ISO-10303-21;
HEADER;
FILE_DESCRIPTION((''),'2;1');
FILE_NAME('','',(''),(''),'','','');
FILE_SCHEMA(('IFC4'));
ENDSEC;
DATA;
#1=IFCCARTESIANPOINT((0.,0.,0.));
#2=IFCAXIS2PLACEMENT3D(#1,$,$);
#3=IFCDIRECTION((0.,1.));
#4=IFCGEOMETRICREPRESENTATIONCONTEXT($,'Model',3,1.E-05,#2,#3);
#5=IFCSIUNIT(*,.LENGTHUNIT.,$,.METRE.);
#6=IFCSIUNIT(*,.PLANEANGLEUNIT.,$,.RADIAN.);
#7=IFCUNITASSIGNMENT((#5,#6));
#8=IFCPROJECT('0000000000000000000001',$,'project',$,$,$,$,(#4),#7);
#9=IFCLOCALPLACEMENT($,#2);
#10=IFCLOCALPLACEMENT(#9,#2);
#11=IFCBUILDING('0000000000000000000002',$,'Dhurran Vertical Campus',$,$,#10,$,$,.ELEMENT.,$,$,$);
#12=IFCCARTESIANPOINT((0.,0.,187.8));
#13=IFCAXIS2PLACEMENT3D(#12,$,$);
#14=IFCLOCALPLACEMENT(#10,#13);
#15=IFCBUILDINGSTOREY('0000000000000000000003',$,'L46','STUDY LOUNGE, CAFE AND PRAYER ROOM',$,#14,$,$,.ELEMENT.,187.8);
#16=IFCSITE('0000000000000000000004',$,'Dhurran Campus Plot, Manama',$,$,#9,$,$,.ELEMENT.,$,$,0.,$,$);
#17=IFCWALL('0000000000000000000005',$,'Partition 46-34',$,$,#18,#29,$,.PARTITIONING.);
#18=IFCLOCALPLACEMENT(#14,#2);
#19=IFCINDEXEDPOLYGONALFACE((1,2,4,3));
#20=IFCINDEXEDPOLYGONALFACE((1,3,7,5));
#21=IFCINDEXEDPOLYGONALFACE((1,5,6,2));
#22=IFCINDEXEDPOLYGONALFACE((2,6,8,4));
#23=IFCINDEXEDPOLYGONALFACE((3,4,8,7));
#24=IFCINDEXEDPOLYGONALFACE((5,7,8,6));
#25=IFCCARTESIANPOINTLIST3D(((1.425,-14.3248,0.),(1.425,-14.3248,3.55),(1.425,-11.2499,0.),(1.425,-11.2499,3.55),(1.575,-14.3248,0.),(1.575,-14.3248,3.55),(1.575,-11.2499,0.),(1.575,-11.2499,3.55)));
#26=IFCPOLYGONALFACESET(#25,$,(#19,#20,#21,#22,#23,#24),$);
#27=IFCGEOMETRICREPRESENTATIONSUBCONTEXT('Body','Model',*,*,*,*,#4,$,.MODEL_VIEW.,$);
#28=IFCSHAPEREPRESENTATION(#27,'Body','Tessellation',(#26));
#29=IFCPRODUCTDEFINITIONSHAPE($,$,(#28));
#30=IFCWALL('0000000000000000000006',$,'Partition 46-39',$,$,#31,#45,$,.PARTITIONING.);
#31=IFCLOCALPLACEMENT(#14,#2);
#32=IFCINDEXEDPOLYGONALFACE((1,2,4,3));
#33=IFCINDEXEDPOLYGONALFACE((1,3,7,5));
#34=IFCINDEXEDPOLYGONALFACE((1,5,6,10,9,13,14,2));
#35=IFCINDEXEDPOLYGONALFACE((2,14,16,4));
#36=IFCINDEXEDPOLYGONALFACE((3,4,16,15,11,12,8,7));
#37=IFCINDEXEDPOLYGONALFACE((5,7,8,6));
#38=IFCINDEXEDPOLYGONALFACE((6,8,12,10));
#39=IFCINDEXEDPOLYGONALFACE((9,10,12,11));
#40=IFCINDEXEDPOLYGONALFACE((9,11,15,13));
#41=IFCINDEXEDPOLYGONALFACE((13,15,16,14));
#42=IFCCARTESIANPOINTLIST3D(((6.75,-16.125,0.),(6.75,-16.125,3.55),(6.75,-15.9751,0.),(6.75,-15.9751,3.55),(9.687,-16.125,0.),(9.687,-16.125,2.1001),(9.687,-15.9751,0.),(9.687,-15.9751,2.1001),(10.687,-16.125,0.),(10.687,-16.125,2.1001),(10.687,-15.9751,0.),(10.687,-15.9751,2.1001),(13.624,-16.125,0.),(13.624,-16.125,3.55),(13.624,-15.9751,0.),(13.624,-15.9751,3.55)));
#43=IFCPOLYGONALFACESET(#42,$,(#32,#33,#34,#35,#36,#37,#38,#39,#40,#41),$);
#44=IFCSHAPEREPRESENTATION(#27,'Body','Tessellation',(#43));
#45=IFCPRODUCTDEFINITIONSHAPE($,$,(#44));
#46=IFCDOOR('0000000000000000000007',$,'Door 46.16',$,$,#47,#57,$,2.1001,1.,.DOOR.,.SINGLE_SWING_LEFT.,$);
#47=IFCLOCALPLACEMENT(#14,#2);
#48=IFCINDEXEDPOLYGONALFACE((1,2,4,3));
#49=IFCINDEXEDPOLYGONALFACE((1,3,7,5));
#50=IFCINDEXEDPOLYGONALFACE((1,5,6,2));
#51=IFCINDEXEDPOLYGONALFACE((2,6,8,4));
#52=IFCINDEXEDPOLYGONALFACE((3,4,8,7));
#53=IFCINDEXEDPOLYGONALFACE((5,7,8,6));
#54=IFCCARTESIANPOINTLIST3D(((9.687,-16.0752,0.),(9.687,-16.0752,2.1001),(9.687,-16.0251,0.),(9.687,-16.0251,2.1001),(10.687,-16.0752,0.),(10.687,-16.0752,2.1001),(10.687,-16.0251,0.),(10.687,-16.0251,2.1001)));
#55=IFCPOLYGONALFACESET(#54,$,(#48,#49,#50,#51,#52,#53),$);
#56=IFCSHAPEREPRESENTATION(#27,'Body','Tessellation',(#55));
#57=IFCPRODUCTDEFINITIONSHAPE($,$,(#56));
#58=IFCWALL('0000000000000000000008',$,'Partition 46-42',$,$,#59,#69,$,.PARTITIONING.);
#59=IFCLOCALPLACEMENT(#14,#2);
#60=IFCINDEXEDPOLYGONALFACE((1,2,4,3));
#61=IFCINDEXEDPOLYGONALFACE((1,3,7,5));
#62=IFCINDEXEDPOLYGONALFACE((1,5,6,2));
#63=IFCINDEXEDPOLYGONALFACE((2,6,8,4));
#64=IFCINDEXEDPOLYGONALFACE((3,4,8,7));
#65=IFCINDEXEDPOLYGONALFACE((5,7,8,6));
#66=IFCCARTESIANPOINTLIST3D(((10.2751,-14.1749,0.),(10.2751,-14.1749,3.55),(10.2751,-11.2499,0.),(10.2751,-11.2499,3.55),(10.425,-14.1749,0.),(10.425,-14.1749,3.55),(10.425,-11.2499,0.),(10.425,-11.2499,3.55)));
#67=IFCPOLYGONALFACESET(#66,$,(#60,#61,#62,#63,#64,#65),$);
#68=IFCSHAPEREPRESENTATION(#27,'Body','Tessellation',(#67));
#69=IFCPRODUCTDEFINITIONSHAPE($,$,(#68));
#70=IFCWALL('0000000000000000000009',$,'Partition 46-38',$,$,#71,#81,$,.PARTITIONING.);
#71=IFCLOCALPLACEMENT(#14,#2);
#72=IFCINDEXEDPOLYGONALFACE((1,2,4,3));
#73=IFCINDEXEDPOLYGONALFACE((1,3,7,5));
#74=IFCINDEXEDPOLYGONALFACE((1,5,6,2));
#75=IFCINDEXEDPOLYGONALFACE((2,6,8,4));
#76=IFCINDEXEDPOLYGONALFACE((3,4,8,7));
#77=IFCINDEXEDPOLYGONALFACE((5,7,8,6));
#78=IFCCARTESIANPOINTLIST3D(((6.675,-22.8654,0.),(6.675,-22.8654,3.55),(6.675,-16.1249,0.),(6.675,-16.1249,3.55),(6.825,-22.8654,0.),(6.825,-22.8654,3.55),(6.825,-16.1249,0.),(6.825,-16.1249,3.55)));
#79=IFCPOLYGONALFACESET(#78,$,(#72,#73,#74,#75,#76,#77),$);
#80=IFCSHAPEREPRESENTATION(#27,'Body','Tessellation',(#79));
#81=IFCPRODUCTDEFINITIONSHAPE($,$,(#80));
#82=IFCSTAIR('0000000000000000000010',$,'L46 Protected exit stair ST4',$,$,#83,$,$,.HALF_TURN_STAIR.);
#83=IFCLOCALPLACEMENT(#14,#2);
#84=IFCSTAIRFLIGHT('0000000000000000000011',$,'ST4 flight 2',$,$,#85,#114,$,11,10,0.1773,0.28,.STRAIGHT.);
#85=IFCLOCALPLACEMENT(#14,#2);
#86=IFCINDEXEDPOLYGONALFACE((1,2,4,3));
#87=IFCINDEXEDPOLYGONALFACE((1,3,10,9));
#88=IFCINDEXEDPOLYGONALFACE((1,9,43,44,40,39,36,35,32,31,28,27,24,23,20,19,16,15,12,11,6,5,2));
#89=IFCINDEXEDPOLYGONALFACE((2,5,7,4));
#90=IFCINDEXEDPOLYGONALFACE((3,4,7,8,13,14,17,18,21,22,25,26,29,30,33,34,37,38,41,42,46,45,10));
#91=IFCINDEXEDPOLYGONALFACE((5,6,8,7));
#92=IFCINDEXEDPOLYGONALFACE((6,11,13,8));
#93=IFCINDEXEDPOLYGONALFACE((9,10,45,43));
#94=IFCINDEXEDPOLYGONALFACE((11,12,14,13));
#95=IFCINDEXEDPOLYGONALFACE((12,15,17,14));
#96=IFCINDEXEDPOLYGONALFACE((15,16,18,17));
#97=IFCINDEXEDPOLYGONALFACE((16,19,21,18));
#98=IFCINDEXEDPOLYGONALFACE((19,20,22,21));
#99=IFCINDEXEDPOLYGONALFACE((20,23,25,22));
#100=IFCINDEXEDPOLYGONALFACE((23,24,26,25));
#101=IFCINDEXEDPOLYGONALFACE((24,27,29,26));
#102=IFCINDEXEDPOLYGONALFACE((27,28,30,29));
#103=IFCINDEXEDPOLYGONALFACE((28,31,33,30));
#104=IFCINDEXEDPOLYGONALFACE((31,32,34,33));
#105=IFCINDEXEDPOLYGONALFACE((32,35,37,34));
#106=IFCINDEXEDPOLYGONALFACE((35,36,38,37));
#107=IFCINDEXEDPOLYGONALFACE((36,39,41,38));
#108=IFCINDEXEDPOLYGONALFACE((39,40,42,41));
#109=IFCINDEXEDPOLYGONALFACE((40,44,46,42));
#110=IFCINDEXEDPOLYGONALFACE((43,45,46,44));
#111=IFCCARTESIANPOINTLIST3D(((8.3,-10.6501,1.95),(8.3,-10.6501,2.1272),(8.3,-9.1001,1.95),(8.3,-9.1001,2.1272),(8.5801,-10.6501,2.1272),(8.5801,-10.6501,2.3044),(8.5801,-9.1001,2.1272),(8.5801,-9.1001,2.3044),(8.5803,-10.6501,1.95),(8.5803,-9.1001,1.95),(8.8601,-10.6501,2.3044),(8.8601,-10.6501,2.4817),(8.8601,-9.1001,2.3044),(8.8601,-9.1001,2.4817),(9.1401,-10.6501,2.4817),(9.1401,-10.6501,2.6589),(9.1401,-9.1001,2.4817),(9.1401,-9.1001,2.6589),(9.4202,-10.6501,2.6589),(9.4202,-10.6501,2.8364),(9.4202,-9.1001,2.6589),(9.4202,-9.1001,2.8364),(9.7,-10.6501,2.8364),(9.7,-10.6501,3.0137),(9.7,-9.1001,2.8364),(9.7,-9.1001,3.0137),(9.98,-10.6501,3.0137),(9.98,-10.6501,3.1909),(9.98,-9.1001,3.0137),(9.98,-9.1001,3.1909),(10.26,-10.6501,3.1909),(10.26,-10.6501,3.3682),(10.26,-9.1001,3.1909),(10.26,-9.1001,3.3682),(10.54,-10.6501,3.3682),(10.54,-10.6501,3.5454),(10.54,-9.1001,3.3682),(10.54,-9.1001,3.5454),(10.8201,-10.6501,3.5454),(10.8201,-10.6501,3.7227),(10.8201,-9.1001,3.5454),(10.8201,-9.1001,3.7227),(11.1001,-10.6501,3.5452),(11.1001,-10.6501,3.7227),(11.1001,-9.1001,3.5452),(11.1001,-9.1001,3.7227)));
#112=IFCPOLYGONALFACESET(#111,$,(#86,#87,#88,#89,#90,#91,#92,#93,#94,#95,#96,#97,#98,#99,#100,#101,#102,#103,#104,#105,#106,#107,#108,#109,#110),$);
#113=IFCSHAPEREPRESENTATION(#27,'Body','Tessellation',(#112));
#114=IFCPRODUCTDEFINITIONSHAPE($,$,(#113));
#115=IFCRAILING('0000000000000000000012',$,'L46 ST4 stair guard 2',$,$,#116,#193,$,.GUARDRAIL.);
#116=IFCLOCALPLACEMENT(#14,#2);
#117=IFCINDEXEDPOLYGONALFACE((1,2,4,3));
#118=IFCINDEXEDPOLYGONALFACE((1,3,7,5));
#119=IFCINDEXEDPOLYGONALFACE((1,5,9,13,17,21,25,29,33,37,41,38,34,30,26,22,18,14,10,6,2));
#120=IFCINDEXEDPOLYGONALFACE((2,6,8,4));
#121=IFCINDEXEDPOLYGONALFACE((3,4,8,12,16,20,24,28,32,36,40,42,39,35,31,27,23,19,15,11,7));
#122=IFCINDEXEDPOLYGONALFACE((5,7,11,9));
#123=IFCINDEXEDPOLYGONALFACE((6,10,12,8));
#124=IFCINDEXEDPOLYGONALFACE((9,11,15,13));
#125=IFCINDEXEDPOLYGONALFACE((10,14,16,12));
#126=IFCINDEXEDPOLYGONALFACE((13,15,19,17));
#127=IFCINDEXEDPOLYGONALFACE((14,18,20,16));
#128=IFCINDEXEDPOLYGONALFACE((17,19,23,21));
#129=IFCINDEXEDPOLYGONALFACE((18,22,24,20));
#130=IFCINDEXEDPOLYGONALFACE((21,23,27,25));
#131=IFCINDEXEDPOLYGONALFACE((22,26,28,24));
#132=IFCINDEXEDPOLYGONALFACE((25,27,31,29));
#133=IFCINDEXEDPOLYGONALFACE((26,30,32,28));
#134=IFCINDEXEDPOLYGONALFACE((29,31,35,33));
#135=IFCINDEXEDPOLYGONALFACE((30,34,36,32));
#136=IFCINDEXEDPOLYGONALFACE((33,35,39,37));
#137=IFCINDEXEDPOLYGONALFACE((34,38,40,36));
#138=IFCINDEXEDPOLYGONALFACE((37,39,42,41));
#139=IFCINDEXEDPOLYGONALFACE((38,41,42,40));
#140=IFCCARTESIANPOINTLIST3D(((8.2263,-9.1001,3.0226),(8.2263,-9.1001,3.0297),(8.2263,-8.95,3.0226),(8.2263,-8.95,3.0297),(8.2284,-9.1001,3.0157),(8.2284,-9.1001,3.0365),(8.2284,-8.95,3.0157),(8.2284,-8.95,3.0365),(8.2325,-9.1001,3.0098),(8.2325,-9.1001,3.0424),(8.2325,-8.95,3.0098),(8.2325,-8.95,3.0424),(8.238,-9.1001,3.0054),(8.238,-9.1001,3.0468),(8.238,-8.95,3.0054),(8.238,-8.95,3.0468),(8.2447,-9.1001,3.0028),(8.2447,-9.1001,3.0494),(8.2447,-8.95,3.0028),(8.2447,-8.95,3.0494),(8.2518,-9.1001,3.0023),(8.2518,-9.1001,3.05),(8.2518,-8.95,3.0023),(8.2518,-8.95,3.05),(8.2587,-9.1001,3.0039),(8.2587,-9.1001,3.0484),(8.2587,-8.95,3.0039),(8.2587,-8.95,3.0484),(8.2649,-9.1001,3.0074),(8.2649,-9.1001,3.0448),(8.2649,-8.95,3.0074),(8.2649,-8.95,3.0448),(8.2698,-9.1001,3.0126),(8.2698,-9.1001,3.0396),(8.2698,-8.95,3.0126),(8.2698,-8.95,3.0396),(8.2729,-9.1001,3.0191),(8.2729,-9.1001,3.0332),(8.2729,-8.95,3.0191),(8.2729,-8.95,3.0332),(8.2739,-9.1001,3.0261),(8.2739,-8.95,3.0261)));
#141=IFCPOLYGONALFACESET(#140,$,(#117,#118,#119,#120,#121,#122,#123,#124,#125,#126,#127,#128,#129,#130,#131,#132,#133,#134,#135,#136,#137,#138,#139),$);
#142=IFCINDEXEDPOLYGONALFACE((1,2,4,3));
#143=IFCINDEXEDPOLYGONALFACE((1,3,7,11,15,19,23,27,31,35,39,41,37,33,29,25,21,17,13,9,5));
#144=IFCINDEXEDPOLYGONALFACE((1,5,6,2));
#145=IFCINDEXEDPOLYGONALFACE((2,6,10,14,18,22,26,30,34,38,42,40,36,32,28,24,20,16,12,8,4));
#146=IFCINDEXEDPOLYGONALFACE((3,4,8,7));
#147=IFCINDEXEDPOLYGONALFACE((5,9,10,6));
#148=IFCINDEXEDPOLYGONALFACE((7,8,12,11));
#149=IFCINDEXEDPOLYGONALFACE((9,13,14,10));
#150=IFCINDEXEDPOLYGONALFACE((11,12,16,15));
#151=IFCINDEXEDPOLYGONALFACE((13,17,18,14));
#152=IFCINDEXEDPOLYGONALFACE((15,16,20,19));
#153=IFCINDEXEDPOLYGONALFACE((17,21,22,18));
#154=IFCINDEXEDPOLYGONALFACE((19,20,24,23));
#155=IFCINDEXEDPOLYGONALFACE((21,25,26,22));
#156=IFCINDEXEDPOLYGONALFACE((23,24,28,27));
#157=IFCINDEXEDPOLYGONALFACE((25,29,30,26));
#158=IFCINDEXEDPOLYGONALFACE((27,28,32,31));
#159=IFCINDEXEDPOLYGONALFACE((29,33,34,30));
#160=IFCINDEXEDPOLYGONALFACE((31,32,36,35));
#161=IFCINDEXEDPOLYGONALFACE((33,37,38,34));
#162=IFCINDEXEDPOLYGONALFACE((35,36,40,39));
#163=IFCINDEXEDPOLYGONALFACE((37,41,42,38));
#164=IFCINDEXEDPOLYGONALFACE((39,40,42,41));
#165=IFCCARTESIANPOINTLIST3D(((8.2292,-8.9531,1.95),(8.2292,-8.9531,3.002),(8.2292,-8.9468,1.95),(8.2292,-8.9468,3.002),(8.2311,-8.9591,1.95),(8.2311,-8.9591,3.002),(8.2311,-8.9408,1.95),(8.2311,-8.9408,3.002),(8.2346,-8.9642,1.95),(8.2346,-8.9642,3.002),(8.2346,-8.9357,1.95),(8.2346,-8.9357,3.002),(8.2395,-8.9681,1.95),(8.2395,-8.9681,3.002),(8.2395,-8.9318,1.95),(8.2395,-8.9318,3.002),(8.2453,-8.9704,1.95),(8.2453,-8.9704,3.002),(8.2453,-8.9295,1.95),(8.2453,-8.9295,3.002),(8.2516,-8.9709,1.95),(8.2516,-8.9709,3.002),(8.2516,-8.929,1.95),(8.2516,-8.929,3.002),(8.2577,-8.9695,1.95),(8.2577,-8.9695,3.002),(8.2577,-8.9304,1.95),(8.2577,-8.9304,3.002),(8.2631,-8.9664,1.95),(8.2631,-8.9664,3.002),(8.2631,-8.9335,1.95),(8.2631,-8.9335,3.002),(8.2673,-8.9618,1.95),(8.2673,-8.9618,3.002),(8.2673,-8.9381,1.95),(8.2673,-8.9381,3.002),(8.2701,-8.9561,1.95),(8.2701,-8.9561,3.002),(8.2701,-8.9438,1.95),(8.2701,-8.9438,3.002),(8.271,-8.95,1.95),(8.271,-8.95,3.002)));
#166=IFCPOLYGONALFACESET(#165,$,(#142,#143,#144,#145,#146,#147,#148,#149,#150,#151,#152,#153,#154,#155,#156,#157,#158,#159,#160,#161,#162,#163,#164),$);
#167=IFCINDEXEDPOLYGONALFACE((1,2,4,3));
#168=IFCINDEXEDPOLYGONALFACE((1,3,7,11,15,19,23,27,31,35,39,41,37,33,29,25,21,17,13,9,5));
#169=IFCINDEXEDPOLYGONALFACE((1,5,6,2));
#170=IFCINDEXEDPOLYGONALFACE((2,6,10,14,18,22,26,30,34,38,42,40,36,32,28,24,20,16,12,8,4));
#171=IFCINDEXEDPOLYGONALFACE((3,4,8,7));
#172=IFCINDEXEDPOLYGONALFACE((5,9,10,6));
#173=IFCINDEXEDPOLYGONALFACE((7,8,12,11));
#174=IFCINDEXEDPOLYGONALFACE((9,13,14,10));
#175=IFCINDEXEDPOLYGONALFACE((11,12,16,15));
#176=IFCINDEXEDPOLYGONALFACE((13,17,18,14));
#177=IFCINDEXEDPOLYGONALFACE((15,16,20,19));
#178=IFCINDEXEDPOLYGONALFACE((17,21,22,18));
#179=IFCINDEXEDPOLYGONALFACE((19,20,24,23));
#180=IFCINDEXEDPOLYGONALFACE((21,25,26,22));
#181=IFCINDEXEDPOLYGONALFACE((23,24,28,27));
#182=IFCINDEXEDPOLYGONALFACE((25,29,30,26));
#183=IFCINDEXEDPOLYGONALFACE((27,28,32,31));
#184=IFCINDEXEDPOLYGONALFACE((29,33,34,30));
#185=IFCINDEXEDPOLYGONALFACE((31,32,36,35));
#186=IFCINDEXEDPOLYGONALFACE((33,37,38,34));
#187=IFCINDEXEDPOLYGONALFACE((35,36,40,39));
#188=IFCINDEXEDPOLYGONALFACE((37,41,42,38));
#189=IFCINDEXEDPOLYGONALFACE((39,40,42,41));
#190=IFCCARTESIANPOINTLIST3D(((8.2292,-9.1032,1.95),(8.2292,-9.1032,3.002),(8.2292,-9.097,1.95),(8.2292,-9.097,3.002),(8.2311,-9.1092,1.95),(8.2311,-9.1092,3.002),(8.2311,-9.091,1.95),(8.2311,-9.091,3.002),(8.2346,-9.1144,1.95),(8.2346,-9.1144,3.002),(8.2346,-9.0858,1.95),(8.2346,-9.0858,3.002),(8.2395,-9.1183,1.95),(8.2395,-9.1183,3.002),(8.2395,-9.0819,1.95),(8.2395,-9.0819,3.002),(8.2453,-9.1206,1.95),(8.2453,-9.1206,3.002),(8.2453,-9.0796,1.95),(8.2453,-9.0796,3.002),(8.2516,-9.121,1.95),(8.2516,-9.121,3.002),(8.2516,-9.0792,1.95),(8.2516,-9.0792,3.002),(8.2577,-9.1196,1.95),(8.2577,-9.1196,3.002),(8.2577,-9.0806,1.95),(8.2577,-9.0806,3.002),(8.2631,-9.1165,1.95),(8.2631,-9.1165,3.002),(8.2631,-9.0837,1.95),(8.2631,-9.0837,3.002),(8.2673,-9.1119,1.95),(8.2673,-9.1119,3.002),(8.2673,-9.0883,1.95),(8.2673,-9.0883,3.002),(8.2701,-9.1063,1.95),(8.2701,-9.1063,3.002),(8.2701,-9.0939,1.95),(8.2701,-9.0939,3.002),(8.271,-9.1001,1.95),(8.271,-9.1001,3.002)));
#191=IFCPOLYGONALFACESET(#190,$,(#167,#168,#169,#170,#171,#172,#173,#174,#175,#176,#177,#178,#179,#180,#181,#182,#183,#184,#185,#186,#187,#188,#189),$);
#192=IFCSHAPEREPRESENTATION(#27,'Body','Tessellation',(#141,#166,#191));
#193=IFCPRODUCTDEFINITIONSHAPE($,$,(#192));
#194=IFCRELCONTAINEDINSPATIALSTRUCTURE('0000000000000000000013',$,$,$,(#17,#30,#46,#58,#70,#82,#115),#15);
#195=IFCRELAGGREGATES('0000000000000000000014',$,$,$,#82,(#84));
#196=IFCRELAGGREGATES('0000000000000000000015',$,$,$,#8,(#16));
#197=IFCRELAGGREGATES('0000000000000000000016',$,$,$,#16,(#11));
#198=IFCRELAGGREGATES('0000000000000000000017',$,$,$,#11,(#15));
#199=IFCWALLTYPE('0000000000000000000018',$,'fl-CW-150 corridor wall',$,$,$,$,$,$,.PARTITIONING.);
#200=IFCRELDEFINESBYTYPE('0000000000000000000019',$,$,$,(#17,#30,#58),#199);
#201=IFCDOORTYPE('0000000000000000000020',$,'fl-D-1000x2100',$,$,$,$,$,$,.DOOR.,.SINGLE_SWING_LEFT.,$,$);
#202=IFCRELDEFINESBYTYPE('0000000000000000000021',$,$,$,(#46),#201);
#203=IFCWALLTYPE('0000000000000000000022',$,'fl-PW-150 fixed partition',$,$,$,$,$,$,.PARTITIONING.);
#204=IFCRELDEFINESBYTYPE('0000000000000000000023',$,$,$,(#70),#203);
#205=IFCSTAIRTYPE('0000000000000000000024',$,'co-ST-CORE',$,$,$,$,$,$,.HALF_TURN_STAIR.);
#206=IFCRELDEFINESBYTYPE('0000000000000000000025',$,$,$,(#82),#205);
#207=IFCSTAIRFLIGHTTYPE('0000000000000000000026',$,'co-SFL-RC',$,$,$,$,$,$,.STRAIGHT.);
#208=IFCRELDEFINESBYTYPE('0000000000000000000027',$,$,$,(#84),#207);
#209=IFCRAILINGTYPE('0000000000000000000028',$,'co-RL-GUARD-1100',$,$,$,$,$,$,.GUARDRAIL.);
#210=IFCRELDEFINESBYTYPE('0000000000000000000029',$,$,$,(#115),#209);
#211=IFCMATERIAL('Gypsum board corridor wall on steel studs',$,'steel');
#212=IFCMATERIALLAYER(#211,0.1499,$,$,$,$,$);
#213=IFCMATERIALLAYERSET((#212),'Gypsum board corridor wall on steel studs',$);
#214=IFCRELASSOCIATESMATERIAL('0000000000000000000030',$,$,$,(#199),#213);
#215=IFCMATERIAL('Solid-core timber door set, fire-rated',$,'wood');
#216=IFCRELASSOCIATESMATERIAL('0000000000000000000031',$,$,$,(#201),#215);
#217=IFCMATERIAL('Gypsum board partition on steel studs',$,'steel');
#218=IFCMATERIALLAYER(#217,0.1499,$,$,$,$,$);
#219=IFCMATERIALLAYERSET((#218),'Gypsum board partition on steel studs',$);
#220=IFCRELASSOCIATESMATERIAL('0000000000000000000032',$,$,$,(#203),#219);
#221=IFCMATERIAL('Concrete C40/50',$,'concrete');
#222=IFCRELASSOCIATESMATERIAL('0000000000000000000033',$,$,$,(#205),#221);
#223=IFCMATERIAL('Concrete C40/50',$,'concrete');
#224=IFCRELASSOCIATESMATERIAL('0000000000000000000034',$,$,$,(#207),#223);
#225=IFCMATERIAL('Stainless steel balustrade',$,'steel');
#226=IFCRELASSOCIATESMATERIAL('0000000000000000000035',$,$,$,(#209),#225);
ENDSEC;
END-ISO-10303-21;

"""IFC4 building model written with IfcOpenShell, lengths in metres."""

from ifc_helpers import new_model, si_unit, direction, frame, frame_2d, origin, origin_2d, place, context, subcontext, project, spatial, polyline, rectangle, circle, outline, extrude, material, layer, layer_set, type_object, element, fill, aggregate, save


model = new_model("IFC4")

# Units and contexts
model_context = context("Model", 3, precision=1e-05, world=origin(), true_north=direction((0.0, 1.0)))
body_context = subcontext(model_context, "Body", "Model", "MODEL_VIEW")
ifc_project = project(units=[si_unit("LENGTHUNIT", "METRE"), si_unit("PLANEANGLEUNIT", "RADIAN")], contexts=[model_context])

# Site, building, storey
site_placement = place(None, origin())
site = spatial("IfcSite", under=ifc_project, at=site_placement, Name="Dhurran Campus Plot, Manama", CompositionType="ELEMENT", RefElevation=0.0)
building_placement = place(site_placement, origin())
building = spatial("IfcBuilding", under=site, at=building_placement, Name="Dhurran Vertical Campus", CompositionType="ELEMENT")
storey_placement = place(building_placement, frame((0.0, 0.0, 187.8)))
storey = spatial("IfcBuildingStorey", under=building, at=storey_placement, Name="L46", Description="STUDY LOUNGE, CAFE AND PRAYER ROOM", CompositionType="ELEMENT", Elevation=187.8)

# Wall
ifc_material_1 = material(Name="Gypsum board corridor wall on steel studs", Category="steel")
ifc_layer_1 = layer(ifc_material_1, 0.1499)
ifc_layer_set_1 = layer_set([ifc_layer_1], Name="Gypsum board corridor wall on steel studs")
wall_type_1 = type_object("IfcWallType", Name="fl-CW-150 corridor wall", PredefinedType="PARTITIONING", material=ifc_layer_set_1)
wall_1_placement = place(storey_placement, frame((1.5, -14.325, 0.0), z_axis=(0.0, 0.0, 1.0), x_axis=(0.0, 1.0, 0.0)))
element("IfcWall", 1, at=wall_1_placement, inside=storey, type_object=wall_type_1, Name="Partition 46-34", PredefinedType="PARTITIONING", context=body_context, shape_type="SweptSolid", body=[
    extrude(rectangle(XDim=3.075, YDim=0.1499, at=frame_2d((1.5376, 0.0))), origin(), (0.0, 0.0, 1.0), 3.55),
])

# Wall, opening, door
wall_2_placement = place(storey_placement, frame((6.75, -16.05, 0.0), z_axis=(0.0, 0.0, 1.0), x_axis=(1.0, 0.0, 0.0)))
wall_2 = element("IfcWall", 2, at=wall_2_placement, inside=storey, type_object=wall_type_1, Name="Partition 46-39", PredefinedType="PARTITIONING", context=body_context, shape_type="SweptSolid", body=[
    extrude(rectangle(XDim=6.874, YDim=0.1499, at=frame_2d((3.437, 0.0))), origin(), (0.0, 0.0, 1.0), 3.55),
])
opening_1_placement = place(wall_2_placement, frame((2.937, 0.0, 0.0)))
opening_1 = element("IfcOpeningElement", 3, at=opening_1_placement, cuts=wall_2, PredefinedType="OPENING", context=body_context, shape_type="SweptSolid", body=[
    extrude(rectangle(XDim=1.0, YDim=2.1001, at=frame_2d((0.5, 1.05))), frame((0.0, 0.085, 0.0), z_axis=(0.0, -1.0, 0.0), x_axis=(1.0, 0.0, 0.0)), (0.0, 0.0, 1.0), 0.1699),
])
ifc_material_2 = material(Name="Solid-core timber door set, fire-rated", Category="wood")
door_type_1 = type_object("IfcDoorType", Name="fl-D-1000x2100", OperationType="SINGLE_SWING_LEFT", PredefinedType="DOOR", material=ifc_material_2)
door_1_placement = place(opening_1_placement, origin())
door_1 = element("IfcDoor", 4, at=door_1_placement, inside=storey, type_object=door_type_1, Name="Door 46.16", OperationType="SINGLE_SWING_LEFT", OverallHeight=2.1001, OverallWidth=1.0, PredefinedType="DOOR", context=body_context, shape_type="SweptSolid", body=[
    extrude(rectangle(XDim=1.0, YDim=2.1001, at=frame_2d((0.5, 1.05))), frame((0.0, 0.0249, 0.0), z_axis=(0.0, -1.0, 0.0), x_axis=(1.0, 0.0, 0.0)), (0.0, 0.0, 1.0), 0.05),
])
fill(opening_1, door_1)

# Walls
wall_3_placement = place(storey_placement, frame((10.3501, -11.25, 0.0), z_axis=(0.0, 0.0, 1.0), x_axis=(0.0, -1.0, 0.0)))
element("IfcWall", 5, at=wall_3_placement, inside=storey, type_object=wall_type_1, Name="Partition 46-42", PredefinedType="PARTITIONING", context=body_context, shape_type="SweptSolid", body=[
    extrude(rectangle(XDim=2.925, YDim=0.1499, at=frame_2d((1.4624, 0.0))), origin(), (0.0, 0.0, 1.0), 3.55),
])
ifc_material_3 = material(Name="Gypsum board partition on steel studs", Category="steel")
ifc_layer_2 = layer(ifc_material_3, 0.1499)
ifc_layer_set_2 = layer_set([ifc_layer_2], Name="Gypsum board partition on steel studs")
wall_type_2 = type_object("IfcWallType", Name="fl-PW-150 fixed partition", PredefinedType="PARTITIONING", material=ifc_layer_set_2)
wall_4_placement = place(storey_placement, frame((6.75, -16.125, 0.0), z_axis=(0.0, 0.0, 1.0), x_axis=(0.0, -1.0, 0.0)))
element("IfcWall", 6, at=wall_4_placement, inside=storey, type_object=wall_type_2, Name="Partition 46-38", PredefinedType="PARTITIONING", context=body_context, shape_type="SweptSolid", body=[
    extrude(rectangle(XDim=6.7405, YDim=0.1499, at=frame_2d((3.3701, 0.0))), origin(), (0.0, 0.0, 1.0), 3.55),
])

# Stair, stair flight
ifc_material_4 = material(Name="Concrete C40/50", Category="concrete")
stair_type = type_object("IfcStairType", Name="co-ST-CORE", PredefinedType="HALF_TURN_STAIR", material=ifc_material_4)
stair_placement = place(storey_placement, origin())
stair = element("IfcStair", 7, at=stair_placement, inside=storey, type_object=stair_type, Name="L46 Protected exit stair ST4", PredefinedType="HALF_TURN_STAIR")
ifc_material_5 = material(Name="Concrete C40/50", Category="concrete")
stair_flight_type = type_object("IfcStairFlightType", Name="co-SFL-RC", PredefinedType="STRAIGHT", material=ifc_material_5)
stair_flight_placement = place(storey_placement, frame((8.3, -9.875, 1.95), z_axis=(0.0, 0.0, 1.0), x_axis=(1.0, 0.0, 0.0)))
stair_flight = element("IfcStairFlight", 8, at=stair_flight_placement, type_object=stair_flight_type, Name="ST4 flight 2", NumberOfRisers=11, NumberOfTreads=10, PredefinedType="STRAIGHT", RiserHeight=0.1773, TreadLength=0.28, context=body_context, shape_type="SweptSolid", body=[
    extrude(outline(polyline([(0.0, 0.0), (0.0, 0.1772), (0.28, 0.1772), (0.28, 0.3545), (0.5601, 0.3545), (0.5601, 0.5317), (0.8401, 0.5317), (0.8401, 0.709), (1.1201, 0.709), (1.1201, 0.8865), (1.3999, 0.8865), (1.3999, 1.0637), (1.6799, 1.0637), (1.6799, 1.241), (1.96, 1.241), (1.96, 1.4182), (2.24, 1.4182), (2.24, 1.5955), (2.52, 1.5955), (2.52, 1.7727), (2.8, 1.7727), (2.8, 1.95), (2.8, 1.5952), (0.2803, 0.0), (0.0, 0.0)])), frame((0.0, 0.7749, 0.0), z_axis=(0.0, -1.0, 0.0), x_axis=(1.0, 0.0, 0.0)), (0.0, 0.0, 1.0), 1.55),
])
aggregate(stair, [stair_flight])

# Railing
ifc_material_6 = material(Name="Stainless steel balustrade", Category="steel")
railing_type_1 = type_object("IfcRailingType", Name="co-RL-GUARD-1100", PredefinedType="GUARDRAIL", material=ifc_material_6)
railing_1_placement = place(storey_placement, frame((8.25, -8.95, 1.95)))
element("IfcRailing", 9, at=railing_1_placement, inside=storey, type_object=railing_type_1, Name="L46 ST4 stair guard 2", PredefinedType="GUARDRAIL", context=body_context, shape_type="SweptSolid", body=[
    extrude(circle(Radius=0.0239, at=origin_2d()), frame((0.0, 0.0, 1.0762), z_axis=(0.0, -1.0, 0.0), x_axis=(1.0, 0.0, 0.0)), (0.0, 0.0, 1.0), 0.1501),
    extrude(circle(Radius=0.021, at=origin_2d()), origin(), (0.0, 0.0, 1.0), 1.052),
    extrude(circle(Radius=0.021, at=origin_2d()), frame((0.0, -0.1501, 0.0)), (0.0, 0.0, 1.0), 1.052),
])

save(model, "model.ifc")
